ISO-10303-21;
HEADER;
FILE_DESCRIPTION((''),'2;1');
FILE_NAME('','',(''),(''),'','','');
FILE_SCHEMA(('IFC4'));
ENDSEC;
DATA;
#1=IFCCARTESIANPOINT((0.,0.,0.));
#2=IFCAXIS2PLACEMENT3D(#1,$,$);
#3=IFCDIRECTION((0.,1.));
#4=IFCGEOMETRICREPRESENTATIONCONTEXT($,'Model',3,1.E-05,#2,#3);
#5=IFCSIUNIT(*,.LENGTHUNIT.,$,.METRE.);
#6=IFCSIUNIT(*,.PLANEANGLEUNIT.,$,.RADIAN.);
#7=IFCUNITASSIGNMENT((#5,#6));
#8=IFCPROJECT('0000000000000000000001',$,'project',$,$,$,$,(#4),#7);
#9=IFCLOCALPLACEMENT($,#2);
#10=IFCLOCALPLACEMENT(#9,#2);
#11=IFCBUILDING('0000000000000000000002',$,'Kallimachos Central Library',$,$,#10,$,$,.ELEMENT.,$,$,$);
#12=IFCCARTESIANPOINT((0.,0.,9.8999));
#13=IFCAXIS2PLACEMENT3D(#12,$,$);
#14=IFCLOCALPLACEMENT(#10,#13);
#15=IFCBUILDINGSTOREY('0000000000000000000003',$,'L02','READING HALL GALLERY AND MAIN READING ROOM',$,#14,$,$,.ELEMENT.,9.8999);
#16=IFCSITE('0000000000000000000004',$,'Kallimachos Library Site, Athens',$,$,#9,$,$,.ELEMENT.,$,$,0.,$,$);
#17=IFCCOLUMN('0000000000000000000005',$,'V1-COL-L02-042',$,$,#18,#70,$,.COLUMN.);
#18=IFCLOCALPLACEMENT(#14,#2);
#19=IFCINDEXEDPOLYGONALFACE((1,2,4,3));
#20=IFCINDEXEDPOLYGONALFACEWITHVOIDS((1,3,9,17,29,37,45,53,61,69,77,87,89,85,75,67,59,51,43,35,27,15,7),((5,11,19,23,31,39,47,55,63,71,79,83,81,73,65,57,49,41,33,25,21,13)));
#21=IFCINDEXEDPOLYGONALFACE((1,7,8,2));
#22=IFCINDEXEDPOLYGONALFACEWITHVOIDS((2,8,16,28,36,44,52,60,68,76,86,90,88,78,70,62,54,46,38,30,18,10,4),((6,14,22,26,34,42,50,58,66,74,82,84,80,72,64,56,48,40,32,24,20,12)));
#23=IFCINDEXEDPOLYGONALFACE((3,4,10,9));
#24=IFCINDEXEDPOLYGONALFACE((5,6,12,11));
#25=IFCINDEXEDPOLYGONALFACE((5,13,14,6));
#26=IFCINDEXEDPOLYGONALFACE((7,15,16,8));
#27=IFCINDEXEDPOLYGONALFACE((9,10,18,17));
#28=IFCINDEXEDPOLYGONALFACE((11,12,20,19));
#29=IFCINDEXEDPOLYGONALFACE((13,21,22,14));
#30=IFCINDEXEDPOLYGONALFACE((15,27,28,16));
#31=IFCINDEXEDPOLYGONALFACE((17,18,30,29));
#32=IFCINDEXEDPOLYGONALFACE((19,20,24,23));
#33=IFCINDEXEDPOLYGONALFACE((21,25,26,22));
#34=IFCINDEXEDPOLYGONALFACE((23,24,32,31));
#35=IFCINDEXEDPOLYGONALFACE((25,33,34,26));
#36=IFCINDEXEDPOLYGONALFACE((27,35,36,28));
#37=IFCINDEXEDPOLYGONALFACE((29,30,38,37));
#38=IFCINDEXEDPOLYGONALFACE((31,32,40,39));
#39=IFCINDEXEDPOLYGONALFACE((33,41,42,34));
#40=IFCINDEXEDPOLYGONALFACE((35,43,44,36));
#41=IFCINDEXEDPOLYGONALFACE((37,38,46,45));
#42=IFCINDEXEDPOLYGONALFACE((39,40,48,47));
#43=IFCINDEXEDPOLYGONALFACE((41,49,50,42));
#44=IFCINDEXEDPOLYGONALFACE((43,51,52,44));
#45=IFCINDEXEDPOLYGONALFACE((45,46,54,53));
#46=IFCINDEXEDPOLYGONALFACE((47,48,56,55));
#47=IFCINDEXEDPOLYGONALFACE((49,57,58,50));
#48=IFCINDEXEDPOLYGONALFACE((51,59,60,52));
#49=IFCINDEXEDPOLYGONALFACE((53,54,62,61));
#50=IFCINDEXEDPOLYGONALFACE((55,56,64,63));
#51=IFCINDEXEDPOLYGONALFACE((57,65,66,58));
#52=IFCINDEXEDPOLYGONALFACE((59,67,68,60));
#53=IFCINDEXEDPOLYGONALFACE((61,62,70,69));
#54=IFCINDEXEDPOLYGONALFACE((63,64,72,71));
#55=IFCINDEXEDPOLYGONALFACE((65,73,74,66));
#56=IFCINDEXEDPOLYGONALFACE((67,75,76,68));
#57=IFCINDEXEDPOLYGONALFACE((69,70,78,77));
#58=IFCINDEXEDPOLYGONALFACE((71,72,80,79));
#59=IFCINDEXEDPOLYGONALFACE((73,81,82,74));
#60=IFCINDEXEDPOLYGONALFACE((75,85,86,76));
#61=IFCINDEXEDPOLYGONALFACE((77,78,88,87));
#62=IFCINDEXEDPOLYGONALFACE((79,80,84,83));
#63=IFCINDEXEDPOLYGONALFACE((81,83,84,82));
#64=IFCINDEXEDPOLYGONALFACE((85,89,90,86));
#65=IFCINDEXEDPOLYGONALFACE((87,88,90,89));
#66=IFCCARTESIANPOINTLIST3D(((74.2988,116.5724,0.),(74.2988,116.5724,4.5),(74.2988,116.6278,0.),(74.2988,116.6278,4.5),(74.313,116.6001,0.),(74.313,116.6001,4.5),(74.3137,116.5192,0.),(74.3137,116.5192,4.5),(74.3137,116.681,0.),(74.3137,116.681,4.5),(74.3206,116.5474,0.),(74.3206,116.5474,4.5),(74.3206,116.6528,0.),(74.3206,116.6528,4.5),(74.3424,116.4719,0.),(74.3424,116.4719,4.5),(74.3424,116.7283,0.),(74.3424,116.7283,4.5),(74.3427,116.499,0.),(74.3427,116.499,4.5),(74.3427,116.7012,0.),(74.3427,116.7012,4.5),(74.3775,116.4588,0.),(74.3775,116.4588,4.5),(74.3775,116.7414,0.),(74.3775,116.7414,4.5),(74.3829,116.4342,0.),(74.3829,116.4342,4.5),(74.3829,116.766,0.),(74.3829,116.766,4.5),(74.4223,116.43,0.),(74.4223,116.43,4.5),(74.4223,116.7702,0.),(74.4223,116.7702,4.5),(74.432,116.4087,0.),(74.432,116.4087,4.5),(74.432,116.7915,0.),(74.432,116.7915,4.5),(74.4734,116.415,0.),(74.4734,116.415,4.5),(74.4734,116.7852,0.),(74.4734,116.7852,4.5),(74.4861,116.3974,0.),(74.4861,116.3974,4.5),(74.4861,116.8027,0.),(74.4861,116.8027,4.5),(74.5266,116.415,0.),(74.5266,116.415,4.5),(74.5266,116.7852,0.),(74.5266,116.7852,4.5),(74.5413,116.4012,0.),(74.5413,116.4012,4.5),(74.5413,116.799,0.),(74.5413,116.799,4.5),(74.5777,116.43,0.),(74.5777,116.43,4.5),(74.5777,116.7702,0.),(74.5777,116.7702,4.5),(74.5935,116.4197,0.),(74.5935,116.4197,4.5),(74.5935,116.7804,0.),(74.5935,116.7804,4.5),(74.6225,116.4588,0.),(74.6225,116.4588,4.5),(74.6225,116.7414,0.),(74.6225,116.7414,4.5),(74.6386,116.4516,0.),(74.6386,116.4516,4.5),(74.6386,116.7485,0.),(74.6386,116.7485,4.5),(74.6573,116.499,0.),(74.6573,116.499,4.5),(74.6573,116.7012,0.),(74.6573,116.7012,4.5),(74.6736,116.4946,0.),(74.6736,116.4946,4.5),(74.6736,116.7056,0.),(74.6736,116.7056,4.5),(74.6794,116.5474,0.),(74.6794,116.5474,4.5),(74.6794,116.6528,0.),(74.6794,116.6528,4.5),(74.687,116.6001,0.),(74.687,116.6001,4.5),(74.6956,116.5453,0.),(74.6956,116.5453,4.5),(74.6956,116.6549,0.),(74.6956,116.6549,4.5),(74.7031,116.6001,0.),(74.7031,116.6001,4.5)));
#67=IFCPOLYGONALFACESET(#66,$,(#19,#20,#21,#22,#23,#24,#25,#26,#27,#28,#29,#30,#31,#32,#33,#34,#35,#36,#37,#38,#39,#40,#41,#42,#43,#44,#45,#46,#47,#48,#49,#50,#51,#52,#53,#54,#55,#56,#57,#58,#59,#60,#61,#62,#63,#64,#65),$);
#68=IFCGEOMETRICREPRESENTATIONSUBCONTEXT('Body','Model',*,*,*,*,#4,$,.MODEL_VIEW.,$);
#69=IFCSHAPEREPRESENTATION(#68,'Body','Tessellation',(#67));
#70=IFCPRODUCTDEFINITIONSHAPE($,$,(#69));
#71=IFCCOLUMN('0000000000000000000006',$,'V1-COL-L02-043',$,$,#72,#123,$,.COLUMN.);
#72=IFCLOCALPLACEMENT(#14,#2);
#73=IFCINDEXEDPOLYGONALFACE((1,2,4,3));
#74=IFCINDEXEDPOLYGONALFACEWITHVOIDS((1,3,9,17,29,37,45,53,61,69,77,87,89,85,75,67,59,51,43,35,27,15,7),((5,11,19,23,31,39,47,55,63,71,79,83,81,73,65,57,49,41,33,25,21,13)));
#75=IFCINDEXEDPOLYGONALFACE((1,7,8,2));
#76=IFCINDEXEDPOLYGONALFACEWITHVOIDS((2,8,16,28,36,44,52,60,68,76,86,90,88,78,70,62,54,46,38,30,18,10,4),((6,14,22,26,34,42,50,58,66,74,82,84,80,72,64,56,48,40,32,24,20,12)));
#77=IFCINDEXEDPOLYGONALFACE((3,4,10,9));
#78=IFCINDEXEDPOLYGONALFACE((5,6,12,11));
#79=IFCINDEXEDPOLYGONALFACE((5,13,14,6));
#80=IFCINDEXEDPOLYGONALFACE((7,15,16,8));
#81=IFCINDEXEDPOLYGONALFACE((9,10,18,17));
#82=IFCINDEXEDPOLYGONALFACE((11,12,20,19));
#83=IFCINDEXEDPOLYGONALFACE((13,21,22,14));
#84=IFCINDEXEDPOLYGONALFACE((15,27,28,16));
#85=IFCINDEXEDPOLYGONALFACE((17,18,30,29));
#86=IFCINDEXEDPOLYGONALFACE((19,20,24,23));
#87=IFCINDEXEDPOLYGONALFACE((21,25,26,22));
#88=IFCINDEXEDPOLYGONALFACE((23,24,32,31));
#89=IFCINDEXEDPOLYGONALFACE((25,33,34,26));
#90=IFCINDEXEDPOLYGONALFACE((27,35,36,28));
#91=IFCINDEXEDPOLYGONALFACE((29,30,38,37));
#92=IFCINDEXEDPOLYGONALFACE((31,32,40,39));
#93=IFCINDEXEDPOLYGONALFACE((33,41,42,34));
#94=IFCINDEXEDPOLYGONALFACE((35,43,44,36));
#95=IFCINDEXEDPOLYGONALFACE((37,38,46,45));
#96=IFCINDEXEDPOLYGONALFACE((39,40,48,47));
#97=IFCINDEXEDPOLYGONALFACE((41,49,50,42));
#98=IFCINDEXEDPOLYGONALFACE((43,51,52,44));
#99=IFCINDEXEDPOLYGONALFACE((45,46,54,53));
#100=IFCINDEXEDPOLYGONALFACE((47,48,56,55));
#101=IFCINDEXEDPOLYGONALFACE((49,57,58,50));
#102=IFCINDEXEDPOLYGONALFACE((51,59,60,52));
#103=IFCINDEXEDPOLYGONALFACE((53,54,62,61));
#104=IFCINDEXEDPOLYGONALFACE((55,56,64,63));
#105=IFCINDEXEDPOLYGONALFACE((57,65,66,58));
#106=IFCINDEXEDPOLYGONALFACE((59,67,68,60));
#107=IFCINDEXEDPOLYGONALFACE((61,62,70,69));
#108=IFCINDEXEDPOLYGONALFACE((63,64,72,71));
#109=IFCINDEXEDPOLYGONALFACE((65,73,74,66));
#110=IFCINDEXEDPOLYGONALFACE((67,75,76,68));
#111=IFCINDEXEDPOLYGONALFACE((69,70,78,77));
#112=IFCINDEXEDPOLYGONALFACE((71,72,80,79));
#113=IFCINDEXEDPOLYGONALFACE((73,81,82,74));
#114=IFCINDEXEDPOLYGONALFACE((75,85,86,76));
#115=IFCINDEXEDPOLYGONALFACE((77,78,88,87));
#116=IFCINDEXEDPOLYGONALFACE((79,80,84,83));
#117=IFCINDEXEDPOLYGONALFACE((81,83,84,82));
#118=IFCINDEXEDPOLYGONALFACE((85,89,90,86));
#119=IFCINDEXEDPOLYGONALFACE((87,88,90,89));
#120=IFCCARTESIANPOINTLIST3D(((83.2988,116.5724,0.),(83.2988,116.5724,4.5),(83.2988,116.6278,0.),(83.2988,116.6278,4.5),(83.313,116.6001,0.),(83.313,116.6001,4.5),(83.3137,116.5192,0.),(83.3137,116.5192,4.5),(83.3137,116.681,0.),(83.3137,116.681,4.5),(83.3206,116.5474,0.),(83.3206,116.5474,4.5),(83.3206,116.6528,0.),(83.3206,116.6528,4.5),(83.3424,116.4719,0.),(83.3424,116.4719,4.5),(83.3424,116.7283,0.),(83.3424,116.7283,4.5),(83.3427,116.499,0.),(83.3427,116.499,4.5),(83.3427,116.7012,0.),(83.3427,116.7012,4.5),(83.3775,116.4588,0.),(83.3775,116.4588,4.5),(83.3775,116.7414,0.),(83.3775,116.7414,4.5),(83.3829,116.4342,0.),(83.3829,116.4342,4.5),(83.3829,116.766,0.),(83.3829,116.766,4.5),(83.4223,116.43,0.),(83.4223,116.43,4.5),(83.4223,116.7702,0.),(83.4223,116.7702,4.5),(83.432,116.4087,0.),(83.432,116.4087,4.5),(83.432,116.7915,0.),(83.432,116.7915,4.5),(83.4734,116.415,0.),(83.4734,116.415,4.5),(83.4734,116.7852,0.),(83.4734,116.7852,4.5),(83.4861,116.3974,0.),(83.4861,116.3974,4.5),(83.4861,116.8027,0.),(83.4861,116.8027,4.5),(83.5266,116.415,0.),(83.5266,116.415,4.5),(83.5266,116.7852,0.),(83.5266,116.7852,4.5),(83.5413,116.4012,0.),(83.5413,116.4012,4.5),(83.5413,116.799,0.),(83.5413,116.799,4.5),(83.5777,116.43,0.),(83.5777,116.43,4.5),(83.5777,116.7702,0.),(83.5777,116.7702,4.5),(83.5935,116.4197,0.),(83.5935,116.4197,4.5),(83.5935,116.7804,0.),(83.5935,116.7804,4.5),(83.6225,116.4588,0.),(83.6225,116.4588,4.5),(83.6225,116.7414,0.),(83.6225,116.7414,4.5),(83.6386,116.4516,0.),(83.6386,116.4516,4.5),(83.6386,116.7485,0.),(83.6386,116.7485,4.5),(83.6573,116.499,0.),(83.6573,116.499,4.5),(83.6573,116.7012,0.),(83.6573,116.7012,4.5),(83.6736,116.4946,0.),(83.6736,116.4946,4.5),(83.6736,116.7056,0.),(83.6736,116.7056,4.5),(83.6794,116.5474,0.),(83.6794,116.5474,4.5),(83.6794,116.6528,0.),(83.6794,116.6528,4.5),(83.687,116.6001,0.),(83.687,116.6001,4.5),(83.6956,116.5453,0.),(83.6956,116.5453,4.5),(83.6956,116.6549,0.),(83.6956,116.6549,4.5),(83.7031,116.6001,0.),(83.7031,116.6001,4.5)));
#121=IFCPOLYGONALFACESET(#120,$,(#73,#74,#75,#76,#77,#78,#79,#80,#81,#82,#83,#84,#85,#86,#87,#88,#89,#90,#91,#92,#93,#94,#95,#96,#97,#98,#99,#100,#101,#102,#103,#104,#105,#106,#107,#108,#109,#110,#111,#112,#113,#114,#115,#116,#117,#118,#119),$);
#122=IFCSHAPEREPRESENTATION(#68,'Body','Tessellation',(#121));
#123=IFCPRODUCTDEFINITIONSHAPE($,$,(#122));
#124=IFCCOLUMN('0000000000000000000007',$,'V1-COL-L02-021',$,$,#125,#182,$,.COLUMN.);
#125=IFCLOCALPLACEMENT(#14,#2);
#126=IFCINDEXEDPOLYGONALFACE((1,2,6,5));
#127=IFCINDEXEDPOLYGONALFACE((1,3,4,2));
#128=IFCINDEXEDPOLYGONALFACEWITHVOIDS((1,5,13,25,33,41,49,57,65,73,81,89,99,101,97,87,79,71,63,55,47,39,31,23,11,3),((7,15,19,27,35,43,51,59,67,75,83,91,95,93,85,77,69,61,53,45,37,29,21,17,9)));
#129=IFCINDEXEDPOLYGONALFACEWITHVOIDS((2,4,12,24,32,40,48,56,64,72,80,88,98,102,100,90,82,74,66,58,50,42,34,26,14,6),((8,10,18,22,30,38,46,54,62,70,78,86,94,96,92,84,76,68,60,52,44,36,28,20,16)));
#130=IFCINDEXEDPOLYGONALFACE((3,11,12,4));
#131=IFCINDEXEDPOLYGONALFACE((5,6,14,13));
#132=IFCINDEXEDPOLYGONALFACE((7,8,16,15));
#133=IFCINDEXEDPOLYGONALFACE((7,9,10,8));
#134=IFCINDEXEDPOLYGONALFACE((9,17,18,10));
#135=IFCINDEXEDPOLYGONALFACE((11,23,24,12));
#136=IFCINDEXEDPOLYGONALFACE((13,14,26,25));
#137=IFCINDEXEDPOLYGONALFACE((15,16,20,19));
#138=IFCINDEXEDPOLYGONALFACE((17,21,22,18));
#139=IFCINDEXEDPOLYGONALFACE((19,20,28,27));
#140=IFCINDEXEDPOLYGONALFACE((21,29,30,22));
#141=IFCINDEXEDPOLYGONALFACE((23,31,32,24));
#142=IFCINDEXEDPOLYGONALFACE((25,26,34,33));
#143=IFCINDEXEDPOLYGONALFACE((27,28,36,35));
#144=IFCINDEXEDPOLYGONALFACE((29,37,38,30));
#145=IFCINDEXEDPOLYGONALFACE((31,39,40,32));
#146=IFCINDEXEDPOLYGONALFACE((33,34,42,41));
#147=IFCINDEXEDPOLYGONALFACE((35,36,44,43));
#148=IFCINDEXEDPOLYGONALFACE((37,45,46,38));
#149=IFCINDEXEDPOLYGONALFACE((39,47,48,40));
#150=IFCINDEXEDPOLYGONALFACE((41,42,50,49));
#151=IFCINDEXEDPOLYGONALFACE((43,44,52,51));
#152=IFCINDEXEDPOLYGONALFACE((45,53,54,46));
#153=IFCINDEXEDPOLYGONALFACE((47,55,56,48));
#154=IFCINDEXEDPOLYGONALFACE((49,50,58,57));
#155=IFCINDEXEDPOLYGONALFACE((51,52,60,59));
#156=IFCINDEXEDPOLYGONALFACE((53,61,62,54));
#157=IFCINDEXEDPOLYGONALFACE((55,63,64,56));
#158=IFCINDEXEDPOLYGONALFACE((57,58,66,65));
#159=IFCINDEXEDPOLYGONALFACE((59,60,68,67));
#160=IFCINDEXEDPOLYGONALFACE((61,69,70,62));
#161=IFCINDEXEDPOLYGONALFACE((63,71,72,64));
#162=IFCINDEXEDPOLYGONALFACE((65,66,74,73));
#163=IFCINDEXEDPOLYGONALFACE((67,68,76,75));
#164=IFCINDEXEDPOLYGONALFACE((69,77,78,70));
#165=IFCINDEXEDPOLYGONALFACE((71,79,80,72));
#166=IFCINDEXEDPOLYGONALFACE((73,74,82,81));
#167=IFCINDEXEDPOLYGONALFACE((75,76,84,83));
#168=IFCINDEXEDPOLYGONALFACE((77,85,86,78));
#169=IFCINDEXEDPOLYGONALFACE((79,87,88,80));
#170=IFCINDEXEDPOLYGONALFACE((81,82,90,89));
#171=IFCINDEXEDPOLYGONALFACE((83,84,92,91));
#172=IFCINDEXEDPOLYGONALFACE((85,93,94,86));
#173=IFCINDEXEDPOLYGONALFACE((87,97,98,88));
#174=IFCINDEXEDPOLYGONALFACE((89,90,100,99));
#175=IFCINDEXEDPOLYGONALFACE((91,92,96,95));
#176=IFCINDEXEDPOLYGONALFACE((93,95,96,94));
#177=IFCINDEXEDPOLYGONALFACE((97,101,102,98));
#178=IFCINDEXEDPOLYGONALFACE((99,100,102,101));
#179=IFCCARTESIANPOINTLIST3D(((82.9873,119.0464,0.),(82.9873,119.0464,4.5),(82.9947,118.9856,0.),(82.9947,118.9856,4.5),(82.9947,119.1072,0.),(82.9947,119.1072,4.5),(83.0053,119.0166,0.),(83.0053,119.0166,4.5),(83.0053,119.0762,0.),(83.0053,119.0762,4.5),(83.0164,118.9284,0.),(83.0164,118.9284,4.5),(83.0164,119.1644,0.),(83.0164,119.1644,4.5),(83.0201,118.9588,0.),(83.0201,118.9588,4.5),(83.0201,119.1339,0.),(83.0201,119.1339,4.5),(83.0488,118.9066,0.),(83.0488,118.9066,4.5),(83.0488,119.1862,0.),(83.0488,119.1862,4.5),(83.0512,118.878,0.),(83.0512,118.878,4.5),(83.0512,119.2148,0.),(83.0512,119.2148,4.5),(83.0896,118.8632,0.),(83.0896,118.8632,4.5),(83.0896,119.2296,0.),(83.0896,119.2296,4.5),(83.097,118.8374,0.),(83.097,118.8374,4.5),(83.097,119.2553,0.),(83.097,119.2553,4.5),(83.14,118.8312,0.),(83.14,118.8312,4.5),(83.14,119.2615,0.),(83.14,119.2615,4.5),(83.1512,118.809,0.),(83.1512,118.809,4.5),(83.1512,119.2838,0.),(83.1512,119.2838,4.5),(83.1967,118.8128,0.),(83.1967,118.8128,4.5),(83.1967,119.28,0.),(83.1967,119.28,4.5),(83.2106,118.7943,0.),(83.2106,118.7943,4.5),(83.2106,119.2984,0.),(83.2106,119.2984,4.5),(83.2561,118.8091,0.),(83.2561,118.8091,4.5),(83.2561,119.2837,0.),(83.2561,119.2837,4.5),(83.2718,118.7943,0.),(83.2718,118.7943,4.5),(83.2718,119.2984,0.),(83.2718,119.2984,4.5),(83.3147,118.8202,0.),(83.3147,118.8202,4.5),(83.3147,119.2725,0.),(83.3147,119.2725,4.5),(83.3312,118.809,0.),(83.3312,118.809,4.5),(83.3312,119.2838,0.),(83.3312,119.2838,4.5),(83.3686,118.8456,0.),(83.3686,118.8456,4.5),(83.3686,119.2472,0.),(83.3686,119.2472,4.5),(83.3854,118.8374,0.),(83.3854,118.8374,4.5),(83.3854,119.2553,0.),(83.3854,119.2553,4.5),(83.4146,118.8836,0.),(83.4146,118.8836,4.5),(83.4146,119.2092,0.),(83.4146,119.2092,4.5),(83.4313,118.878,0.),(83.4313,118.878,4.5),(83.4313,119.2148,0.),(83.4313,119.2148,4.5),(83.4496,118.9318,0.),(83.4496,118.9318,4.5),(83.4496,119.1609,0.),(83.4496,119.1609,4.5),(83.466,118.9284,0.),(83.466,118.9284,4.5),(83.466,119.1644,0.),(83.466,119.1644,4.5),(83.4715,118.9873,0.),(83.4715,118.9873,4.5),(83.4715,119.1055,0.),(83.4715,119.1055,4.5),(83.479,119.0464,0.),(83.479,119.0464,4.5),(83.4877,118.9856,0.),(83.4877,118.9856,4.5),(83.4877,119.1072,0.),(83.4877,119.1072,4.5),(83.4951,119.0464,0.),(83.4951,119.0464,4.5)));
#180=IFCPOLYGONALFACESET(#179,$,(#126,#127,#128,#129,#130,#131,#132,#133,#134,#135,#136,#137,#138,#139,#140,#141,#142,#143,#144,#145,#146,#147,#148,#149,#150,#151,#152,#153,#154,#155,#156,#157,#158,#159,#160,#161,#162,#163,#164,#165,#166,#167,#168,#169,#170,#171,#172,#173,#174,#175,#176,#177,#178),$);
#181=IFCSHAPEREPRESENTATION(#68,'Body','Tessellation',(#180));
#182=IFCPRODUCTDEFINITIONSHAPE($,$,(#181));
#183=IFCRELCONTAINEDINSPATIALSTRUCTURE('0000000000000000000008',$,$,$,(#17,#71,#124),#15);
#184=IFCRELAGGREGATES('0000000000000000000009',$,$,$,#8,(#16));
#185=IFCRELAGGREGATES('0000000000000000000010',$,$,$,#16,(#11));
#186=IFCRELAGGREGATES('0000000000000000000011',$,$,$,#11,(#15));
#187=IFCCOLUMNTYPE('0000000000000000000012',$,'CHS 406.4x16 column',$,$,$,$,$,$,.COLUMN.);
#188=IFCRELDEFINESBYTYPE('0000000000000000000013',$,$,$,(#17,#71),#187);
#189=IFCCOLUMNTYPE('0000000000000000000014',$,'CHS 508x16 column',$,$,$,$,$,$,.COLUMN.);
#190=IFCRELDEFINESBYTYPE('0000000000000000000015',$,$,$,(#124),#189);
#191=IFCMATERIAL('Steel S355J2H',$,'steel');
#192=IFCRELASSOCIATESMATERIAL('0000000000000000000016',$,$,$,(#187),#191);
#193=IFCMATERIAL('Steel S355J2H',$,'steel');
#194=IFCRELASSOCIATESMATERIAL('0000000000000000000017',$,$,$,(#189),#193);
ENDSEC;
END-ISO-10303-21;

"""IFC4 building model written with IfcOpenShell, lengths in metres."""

from ifc_helpers import new_model, si_unit, direction, frame, origin, origin_2d, place, context, subcontext, project, spatial, hollow_circle, extrude, material, material_profile, profile_set, type_object, element, save


model = new_model("IFC4")

# Units and contexts
model_context = context("Model", 3, precision=1e-05, world=origin(), true_north=direction((0.0, 1.0)))
body_context = subcontext(model_context, "Body", "Model", "MODEL_VIEW")
ifc_project = project(units=[si_unit("LENGTHUNIT", "METRE"), si_unit("PLANEANGLEUNIT", "RADIAN")], contexts=[model_context])

# Site, building, storey
site_placement = place(None, origin())
site = spatial("IfcSite", under=ifc_project, at=site_placement, Name="Kallimachos Library Site, Athens", CompositionType="ELEMENT", RefElevation=0.0)
building_placement = place(site_placement, origin())
building = spatial("IfcBuilding", under=site, at=building_placement, Name="Kallimachos Central Library", CompositionType="ELEMENT")
storey_placement = place(building_placement, frame((0.0, 0.0, 9.8999)))
storey = spatial("IfcBuildingStorey", under=building, at=storey_placement, Name="L02", Description="READING HALL GALLERY AND MAIN READING ROOM", CompositionType="ELEMENT", Elevation=9.8999)

# Columns
ifc_material_1 = material(Name="Steel S355J2H", Category="steel")
ifc_material_profile_1 = material_profile(ifc_material_1, hollow_circle(Radius=0.2031, WallThickness=0.0161, at=origin_2d()), Name="CHS 406.4x16")
ifc_profile_set_1 = profile_set([ifc_material_profile_1], Name="Steel S355J2H")
column_type_1 = type_object("IfcColumnType", Name="CHS 406.4x16 column", PredefinedType="COLUMN", material=ifc_profile_set_1)
for number, where, z_axis, x_axis, name in (
    (1, (74.5, 116.6001, 0.0), (0.0, 0.0, 1.0), (1.0, 0.0, 0.0), "V1-COL-L02-042"),
    (2, (83.5, 116.6001, 0.0), (0.0, 0.0, 1.0), (1.0, 0.0, 0.0), "V1-COL-L02-043"),
):
    element("IfcColumn", number, at=place(storey_placement, frame(where, z_axis=z_axis, x_axis=x_axis)), inside=storey, type_object=column_type_1, Name=name, PredefinedType="COLUMN", context=body_context, shape_type="SweptSolid", body=[
        extrude(hollow_circle(Radius=0.2031, WallThickness=0.0161, at=origin_2d()), origin(), (0.0, 0.0, 1.0), 4.5),
    ])
ifc_material_2 = material(Name="Steel S355J2H", Category="steel")
ifc_material_profile_2 = material_profile(ifc_material_2, hollow_circle(Radius=0.2539, WallThickness=0.0161, at=origin_2d()), Name="CHS 508x16")
ifc_profile_set_2 = profile_set([ifc_material_profile_2], Name="Steel S355J2H")
column_type_2 = type_object("IfcColumnType", Name="CHS 508x16 column", PredefinedType="COLUMN", material=ifc_profile_set_2)
for number, where, z_axis, x_axis, name in (
    (3, (83.2412, 119.0464, 0.0), (0.0, 0.0, 1.0), (1.0, 0.0, 0.0), "V1-COL-L02-021"),
):
    element("IfcColumn", number, at=place(storey_placement, frame(where, z_axis=z_axis, x_axis=x_axis)), inside=storey, type_object=column_type_2, Name=name, PredefinedType="COLUMN", context=body_context, shape_type="SweptSolid", body=[
        extrude(hollow_circle(Radius=0.2539, WallThickness=0.0161, at=origin_2d()), origin(), (0.0, 0.0, 1.0), 4.5),
    ])

save(model, "model.ifc")
